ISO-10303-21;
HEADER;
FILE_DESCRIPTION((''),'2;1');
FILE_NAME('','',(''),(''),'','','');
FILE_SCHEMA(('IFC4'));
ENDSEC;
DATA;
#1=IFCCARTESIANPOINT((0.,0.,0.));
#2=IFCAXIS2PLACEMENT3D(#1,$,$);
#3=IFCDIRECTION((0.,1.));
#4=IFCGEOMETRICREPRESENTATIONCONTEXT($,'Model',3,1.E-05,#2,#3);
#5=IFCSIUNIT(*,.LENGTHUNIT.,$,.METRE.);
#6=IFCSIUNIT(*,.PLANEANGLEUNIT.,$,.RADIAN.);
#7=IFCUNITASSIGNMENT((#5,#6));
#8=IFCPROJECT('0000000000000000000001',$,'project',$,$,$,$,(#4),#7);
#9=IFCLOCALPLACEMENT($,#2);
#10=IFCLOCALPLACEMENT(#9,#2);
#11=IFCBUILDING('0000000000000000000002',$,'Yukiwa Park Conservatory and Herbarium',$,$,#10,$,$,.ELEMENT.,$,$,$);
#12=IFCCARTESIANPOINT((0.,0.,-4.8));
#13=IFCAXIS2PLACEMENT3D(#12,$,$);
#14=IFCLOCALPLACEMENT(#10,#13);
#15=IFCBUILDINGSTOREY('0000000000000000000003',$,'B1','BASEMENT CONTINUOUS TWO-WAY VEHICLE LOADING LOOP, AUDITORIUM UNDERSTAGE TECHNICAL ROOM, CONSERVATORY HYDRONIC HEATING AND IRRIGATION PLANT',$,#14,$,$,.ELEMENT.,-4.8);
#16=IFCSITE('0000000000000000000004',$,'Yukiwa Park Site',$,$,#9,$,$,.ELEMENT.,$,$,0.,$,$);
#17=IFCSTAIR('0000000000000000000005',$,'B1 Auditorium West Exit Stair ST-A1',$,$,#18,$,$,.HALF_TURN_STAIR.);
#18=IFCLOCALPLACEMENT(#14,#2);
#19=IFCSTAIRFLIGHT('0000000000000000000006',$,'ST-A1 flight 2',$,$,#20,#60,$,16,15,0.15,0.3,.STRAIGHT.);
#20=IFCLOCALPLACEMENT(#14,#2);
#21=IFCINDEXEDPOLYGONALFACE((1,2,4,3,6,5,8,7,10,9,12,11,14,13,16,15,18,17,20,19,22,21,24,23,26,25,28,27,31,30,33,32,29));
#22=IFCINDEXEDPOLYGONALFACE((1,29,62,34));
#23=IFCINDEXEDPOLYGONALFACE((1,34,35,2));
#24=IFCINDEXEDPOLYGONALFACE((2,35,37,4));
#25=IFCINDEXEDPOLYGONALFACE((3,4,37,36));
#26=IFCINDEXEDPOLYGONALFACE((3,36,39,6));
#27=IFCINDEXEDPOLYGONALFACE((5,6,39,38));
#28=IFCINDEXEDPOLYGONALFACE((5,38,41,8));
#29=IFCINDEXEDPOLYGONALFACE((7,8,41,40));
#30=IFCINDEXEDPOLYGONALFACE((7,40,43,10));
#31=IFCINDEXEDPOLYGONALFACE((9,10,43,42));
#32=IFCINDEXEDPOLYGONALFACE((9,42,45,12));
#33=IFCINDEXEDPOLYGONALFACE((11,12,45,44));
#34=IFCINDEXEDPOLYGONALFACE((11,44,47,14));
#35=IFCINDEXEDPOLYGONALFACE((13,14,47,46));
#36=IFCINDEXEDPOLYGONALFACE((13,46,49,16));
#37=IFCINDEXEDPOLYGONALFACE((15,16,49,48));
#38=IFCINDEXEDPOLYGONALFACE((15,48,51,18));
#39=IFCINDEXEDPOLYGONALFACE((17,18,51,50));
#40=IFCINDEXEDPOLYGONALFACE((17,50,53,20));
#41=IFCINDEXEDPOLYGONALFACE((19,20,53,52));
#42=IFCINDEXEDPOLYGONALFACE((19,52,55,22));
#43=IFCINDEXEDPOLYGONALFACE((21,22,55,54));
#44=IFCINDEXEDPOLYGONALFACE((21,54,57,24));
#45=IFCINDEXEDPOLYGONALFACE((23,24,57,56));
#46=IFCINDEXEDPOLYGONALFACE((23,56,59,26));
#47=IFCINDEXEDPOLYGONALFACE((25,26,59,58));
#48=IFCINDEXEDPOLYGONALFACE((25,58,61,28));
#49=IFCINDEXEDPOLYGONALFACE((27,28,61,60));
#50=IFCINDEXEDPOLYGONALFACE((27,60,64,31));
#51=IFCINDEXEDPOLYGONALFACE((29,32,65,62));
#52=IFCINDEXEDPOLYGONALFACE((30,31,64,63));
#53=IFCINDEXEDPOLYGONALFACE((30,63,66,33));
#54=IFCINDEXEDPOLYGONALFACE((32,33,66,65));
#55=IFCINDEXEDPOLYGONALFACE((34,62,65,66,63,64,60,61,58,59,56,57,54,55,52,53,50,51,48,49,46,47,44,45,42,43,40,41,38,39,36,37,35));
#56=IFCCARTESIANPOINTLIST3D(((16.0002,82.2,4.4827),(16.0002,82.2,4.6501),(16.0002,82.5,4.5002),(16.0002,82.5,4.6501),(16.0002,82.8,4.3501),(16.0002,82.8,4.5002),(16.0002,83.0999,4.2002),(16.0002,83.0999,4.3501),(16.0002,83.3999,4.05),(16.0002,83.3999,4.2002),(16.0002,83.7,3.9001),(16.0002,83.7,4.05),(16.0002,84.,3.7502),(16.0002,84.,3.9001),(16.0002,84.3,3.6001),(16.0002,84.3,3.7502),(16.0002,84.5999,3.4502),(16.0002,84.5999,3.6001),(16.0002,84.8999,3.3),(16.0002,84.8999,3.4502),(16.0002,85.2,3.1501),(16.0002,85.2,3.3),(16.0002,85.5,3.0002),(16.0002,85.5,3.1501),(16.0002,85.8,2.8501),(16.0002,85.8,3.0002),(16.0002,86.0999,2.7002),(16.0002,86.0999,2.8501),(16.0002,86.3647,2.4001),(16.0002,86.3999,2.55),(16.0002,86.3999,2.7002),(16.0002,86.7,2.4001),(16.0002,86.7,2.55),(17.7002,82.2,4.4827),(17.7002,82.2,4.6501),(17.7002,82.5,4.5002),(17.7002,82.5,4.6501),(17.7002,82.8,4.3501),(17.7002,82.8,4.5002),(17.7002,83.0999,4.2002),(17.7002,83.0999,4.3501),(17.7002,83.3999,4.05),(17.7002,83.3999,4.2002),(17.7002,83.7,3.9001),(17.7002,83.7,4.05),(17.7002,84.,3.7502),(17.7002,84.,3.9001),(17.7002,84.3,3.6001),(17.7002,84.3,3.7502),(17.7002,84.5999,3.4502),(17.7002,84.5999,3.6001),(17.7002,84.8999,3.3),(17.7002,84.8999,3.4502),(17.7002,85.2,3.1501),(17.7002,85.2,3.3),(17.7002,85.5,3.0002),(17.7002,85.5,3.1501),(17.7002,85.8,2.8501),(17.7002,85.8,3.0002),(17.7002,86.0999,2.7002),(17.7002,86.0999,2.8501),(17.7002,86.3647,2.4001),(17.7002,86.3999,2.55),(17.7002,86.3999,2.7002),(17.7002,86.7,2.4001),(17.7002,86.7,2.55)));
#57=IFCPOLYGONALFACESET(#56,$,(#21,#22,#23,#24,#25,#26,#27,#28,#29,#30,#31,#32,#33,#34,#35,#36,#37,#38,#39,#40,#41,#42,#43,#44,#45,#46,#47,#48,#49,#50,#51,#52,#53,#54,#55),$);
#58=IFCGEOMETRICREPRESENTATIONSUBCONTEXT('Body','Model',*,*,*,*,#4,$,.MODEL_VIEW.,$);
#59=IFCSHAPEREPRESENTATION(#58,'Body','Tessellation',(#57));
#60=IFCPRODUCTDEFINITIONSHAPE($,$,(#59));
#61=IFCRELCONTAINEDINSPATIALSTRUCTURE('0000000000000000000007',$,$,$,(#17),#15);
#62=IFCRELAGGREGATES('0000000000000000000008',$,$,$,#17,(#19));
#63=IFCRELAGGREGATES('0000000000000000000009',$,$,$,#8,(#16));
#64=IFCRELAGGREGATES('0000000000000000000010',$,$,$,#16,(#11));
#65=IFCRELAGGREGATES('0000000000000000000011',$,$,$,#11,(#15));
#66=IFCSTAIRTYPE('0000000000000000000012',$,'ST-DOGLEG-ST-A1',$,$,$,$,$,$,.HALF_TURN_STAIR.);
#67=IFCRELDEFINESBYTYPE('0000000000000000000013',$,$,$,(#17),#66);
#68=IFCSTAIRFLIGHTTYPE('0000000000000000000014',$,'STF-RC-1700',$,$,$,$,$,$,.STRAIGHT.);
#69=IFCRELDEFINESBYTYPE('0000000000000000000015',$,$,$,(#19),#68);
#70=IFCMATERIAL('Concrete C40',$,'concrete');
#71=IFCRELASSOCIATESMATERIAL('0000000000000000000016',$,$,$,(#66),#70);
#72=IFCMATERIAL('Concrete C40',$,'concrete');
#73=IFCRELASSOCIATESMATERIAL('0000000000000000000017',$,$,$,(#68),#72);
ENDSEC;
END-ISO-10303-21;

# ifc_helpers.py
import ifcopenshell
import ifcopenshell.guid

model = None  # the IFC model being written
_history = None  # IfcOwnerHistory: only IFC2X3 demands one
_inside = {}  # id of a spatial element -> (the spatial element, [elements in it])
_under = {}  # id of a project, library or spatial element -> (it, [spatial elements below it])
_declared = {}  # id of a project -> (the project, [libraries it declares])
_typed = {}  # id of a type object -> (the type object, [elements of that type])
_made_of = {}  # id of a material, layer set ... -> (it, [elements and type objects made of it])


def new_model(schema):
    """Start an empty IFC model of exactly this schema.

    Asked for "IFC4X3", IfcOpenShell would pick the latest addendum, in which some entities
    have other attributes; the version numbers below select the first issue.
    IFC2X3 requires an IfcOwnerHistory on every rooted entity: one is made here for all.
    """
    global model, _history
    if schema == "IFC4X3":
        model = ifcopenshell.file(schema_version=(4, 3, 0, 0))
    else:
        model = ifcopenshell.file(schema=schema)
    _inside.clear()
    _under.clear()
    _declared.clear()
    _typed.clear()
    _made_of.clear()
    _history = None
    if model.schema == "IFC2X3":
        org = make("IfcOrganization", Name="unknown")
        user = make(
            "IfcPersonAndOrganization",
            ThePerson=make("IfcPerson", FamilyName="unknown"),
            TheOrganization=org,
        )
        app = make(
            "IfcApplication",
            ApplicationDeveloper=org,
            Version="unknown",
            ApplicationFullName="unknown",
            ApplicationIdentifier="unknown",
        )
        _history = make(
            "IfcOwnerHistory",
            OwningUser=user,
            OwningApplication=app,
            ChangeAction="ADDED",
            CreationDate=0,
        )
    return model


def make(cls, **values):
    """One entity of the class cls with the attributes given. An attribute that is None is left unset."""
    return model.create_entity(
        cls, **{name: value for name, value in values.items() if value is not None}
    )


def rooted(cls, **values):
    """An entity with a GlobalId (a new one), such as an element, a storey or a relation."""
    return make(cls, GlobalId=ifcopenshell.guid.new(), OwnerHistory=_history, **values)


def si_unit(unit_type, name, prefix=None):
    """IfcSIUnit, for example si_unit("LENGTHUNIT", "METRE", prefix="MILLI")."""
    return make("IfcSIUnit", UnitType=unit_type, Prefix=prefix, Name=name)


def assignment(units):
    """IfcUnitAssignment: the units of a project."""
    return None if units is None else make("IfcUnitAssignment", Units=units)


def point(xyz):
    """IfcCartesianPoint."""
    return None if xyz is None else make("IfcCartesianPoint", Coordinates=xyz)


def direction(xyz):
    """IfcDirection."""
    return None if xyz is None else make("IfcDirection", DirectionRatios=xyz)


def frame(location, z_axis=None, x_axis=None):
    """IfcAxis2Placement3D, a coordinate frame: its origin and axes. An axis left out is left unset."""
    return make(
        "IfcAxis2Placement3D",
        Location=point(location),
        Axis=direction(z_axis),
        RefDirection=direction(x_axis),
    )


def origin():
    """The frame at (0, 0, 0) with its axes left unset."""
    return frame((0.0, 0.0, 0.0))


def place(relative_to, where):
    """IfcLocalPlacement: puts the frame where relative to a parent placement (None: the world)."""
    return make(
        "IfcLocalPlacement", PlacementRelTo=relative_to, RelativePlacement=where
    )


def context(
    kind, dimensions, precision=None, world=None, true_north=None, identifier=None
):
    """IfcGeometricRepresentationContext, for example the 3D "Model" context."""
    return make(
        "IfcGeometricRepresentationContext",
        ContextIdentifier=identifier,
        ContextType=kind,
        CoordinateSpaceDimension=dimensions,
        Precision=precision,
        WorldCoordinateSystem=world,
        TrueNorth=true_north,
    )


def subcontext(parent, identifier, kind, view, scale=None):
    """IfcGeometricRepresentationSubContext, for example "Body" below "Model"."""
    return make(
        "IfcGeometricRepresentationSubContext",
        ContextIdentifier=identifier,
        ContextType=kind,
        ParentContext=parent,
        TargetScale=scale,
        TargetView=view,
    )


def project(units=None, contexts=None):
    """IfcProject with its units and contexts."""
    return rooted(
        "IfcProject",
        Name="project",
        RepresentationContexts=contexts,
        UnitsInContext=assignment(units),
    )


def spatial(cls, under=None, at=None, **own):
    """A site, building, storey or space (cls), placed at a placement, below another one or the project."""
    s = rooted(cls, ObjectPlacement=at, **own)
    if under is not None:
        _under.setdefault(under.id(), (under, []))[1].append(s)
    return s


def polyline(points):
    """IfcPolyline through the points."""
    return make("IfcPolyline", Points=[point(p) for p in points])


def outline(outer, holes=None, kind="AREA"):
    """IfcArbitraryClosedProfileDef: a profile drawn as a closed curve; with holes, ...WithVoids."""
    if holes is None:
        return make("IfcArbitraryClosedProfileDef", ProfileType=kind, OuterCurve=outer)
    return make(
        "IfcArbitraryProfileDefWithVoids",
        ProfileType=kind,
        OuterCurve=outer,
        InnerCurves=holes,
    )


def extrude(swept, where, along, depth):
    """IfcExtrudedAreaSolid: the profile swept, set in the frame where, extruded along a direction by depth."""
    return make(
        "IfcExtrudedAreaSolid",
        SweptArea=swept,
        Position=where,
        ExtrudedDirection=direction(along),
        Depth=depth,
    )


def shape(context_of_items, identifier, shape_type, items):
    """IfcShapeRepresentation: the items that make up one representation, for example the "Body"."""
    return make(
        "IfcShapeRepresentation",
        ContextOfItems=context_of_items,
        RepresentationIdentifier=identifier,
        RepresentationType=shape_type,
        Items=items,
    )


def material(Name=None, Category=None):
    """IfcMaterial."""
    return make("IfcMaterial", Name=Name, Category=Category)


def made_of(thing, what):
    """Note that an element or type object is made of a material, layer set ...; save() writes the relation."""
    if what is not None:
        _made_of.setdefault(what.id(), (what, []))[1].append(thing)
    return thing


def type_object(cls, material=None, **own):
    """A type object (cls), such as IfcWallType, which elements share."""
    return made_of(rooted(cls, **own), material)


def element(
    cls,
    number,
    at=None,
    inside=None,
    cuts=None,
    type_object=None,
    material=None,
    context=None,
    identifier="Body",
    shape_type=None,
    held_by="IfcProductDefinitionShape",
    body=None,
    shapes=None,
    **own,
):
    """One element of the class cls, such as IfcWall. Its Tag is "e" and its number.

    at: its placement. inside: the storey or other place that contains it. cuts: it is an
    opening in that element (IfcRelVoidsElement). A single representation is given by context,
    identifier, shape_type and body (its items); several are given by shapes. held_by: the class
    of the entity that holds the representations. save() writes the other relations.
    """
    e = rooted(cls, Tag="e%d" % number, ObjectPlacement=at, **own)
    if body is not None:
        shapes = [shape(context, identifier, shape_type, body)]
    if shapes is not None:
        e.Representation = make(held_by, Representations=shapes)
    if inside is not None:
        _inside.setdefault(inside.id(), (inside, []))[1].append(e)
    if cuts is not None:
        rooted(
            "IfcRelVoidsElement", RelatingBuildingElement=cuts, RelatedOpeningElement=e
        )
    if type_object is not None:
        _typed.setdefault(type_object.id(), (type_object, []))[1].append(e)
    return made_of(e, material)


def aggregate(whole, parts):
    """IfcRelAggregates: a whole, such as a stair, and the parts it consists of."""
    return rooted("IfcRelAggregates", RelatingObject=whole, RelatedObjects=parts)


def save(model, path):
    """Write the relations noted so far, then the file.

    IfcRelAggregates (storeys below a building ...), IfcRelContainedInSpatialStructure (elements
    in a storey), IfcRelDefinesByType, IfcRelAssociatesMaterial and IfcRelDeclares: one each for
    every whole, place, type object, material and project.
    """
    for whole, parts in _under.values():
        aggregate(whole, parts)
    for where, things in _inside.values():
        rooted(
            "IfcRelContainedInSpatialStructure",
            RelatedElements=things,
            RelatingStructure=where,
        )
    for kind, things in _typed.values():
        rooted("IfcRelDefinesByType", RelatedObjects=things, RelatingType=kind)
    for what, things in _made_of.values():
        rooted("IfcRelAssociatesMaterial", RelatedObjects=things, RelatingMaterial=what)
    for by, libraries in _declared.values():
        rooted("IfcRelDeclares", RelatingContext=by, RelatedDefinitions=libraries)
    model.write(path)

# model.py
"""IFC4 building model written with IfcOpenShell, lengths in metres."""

from ifc_helpers import new_model, si_unit, direction, frame, origin, place, context, subcontext, project, spatial, polyline, outline, extrude, material, type_object, element, aggregate, save


model = new_model("IFC4")

# Units and contexts
model_context = context("Model", 3, precision=1e-05, world=origin(), true_north=direction((0.0, 1.0)))
body_context = subcontext(model_context, "Body", "Model", "MODEL_VIEW")
ifc_project = project(units=[si_unit("LENGTHUNIT", "METRE"), si_unit("PLANEANGLEUNIT", "RADIAN")], contexts=[model_context])

# Site, building, storey
site_placement = place(None, origin())
site = spatial("IfcSite", under=ifc_project, at=site_placement, Name="Yukiwa Park Site", CompositionType="ELEMENT", RefElevation=0.0)
building_placement = place(site_placement, origin())
building = spatial("IfcBuilding", under=site, at=building_placement, Name="Yukiwa Park Conservatory and Herbarium", CompositionType="ELEMENT")
storey_placement = place(building_placement, frame((0.0, 0.0, -4.8)))
storey = spatial("IfcBuildingStorey", under=building, at=storey_placement, Name="B1", Description="BASEMENT CONTINUOUS TWO-WAY VEHICLE LOADING LOOP, AUDITORIUM UNDERSTAGE TECHNICAL ROOM, CONSERVATORY HYDRONIC HEATING AND IRRIGATION PLANT", CompositionType="ELEMENT", Elevation=-4.8)

# Stair, stair flight
ifc_material_1 = material(Name="Concrete C40", Category="concrete")
stair_type = type_object("IfcStairType", Name="ST-DOGLEG-ST-A1", PredefinedType="HALF_TURN_STAIR", material=ifc_material_1)
stair_placement = place(storey_placement, origin())
stair = element("IfcStair", 1, at=stair_placement, inside=storey, type_object=stair_type, Name="B1 Auditorium West Exit Stair ST-A1", PredefinedType="HALF_TURN_STAIR")
ifc_material_2 = material(Name="Concrete C40", Category="concrete")
stair_flight_type = type_object("IfcStairFlightType", Name="STF-RC-1700", PredefinedType="STRAIGHT", material=ifc_material_2)
stair_flight_1_placement = place(storey_placement, frame((16.8501, 86.7, 2.4001), z_axis=(0.0, 0.0, 1.0), x_axis=(0.0, -1.0, 0.0)))
stair_flight_1 = element("IfcStairFlight", 2, at=stair_flight_1_placement, type_object=stair_flight_type, Name="ST-A1 flight 2", NumberOfRisers=16, NumberOfTreads=15, PredefinedType="STRAIGHT", RiserHeight=0.15, TreadLength=0.3, context=body_context, shape_type="SweptSolid", body=[
    extrude(outline(polyline([(0.0, 0.0), (0.0, 0.1499), (0.3, 0.1499), (0.3, 0.3), (0.6001, 0.3), (0.6001, 0.45), (0.8999, 0.45), (0.8999, 0.6001), (1.2, 0.6001), (1.2, 0.75), (1.5, 0.75), (1.5, 0.8999), (1.8, 0.8999), (1.8, 1.05), (2.1001, 1.05), (2.1001, 1.2), (2.3999, 1.2), (2.3999, 1.3501), (2.7, 1.3501), (2.7, 1.5), (3.0, 1.5), (3.0, 1.6499), (3.3, 1.6499), (3.3, 1.8), (3.6001, 1.8), (3.6001, 1.95), (3.8999, 1.95), (3.8999, 2.1001), (4.2, 2.1001), (4.2, 2.25), (4.5, 2.25), (4.5, 2.3999), (4.5, 2.0825), (0.3352, 0.0), (0.0, 0.0)])), frame((0.0, 0.8501, 0.0), z_axis=(0.0, -1.0, 0.0), x_axis=(1.0, 0.0, 0.0)), (0.0, 0.0, 1.0), 1.7),
])
aggregate(stair, [stair_flight_1])

save(model, "model.ifc")
